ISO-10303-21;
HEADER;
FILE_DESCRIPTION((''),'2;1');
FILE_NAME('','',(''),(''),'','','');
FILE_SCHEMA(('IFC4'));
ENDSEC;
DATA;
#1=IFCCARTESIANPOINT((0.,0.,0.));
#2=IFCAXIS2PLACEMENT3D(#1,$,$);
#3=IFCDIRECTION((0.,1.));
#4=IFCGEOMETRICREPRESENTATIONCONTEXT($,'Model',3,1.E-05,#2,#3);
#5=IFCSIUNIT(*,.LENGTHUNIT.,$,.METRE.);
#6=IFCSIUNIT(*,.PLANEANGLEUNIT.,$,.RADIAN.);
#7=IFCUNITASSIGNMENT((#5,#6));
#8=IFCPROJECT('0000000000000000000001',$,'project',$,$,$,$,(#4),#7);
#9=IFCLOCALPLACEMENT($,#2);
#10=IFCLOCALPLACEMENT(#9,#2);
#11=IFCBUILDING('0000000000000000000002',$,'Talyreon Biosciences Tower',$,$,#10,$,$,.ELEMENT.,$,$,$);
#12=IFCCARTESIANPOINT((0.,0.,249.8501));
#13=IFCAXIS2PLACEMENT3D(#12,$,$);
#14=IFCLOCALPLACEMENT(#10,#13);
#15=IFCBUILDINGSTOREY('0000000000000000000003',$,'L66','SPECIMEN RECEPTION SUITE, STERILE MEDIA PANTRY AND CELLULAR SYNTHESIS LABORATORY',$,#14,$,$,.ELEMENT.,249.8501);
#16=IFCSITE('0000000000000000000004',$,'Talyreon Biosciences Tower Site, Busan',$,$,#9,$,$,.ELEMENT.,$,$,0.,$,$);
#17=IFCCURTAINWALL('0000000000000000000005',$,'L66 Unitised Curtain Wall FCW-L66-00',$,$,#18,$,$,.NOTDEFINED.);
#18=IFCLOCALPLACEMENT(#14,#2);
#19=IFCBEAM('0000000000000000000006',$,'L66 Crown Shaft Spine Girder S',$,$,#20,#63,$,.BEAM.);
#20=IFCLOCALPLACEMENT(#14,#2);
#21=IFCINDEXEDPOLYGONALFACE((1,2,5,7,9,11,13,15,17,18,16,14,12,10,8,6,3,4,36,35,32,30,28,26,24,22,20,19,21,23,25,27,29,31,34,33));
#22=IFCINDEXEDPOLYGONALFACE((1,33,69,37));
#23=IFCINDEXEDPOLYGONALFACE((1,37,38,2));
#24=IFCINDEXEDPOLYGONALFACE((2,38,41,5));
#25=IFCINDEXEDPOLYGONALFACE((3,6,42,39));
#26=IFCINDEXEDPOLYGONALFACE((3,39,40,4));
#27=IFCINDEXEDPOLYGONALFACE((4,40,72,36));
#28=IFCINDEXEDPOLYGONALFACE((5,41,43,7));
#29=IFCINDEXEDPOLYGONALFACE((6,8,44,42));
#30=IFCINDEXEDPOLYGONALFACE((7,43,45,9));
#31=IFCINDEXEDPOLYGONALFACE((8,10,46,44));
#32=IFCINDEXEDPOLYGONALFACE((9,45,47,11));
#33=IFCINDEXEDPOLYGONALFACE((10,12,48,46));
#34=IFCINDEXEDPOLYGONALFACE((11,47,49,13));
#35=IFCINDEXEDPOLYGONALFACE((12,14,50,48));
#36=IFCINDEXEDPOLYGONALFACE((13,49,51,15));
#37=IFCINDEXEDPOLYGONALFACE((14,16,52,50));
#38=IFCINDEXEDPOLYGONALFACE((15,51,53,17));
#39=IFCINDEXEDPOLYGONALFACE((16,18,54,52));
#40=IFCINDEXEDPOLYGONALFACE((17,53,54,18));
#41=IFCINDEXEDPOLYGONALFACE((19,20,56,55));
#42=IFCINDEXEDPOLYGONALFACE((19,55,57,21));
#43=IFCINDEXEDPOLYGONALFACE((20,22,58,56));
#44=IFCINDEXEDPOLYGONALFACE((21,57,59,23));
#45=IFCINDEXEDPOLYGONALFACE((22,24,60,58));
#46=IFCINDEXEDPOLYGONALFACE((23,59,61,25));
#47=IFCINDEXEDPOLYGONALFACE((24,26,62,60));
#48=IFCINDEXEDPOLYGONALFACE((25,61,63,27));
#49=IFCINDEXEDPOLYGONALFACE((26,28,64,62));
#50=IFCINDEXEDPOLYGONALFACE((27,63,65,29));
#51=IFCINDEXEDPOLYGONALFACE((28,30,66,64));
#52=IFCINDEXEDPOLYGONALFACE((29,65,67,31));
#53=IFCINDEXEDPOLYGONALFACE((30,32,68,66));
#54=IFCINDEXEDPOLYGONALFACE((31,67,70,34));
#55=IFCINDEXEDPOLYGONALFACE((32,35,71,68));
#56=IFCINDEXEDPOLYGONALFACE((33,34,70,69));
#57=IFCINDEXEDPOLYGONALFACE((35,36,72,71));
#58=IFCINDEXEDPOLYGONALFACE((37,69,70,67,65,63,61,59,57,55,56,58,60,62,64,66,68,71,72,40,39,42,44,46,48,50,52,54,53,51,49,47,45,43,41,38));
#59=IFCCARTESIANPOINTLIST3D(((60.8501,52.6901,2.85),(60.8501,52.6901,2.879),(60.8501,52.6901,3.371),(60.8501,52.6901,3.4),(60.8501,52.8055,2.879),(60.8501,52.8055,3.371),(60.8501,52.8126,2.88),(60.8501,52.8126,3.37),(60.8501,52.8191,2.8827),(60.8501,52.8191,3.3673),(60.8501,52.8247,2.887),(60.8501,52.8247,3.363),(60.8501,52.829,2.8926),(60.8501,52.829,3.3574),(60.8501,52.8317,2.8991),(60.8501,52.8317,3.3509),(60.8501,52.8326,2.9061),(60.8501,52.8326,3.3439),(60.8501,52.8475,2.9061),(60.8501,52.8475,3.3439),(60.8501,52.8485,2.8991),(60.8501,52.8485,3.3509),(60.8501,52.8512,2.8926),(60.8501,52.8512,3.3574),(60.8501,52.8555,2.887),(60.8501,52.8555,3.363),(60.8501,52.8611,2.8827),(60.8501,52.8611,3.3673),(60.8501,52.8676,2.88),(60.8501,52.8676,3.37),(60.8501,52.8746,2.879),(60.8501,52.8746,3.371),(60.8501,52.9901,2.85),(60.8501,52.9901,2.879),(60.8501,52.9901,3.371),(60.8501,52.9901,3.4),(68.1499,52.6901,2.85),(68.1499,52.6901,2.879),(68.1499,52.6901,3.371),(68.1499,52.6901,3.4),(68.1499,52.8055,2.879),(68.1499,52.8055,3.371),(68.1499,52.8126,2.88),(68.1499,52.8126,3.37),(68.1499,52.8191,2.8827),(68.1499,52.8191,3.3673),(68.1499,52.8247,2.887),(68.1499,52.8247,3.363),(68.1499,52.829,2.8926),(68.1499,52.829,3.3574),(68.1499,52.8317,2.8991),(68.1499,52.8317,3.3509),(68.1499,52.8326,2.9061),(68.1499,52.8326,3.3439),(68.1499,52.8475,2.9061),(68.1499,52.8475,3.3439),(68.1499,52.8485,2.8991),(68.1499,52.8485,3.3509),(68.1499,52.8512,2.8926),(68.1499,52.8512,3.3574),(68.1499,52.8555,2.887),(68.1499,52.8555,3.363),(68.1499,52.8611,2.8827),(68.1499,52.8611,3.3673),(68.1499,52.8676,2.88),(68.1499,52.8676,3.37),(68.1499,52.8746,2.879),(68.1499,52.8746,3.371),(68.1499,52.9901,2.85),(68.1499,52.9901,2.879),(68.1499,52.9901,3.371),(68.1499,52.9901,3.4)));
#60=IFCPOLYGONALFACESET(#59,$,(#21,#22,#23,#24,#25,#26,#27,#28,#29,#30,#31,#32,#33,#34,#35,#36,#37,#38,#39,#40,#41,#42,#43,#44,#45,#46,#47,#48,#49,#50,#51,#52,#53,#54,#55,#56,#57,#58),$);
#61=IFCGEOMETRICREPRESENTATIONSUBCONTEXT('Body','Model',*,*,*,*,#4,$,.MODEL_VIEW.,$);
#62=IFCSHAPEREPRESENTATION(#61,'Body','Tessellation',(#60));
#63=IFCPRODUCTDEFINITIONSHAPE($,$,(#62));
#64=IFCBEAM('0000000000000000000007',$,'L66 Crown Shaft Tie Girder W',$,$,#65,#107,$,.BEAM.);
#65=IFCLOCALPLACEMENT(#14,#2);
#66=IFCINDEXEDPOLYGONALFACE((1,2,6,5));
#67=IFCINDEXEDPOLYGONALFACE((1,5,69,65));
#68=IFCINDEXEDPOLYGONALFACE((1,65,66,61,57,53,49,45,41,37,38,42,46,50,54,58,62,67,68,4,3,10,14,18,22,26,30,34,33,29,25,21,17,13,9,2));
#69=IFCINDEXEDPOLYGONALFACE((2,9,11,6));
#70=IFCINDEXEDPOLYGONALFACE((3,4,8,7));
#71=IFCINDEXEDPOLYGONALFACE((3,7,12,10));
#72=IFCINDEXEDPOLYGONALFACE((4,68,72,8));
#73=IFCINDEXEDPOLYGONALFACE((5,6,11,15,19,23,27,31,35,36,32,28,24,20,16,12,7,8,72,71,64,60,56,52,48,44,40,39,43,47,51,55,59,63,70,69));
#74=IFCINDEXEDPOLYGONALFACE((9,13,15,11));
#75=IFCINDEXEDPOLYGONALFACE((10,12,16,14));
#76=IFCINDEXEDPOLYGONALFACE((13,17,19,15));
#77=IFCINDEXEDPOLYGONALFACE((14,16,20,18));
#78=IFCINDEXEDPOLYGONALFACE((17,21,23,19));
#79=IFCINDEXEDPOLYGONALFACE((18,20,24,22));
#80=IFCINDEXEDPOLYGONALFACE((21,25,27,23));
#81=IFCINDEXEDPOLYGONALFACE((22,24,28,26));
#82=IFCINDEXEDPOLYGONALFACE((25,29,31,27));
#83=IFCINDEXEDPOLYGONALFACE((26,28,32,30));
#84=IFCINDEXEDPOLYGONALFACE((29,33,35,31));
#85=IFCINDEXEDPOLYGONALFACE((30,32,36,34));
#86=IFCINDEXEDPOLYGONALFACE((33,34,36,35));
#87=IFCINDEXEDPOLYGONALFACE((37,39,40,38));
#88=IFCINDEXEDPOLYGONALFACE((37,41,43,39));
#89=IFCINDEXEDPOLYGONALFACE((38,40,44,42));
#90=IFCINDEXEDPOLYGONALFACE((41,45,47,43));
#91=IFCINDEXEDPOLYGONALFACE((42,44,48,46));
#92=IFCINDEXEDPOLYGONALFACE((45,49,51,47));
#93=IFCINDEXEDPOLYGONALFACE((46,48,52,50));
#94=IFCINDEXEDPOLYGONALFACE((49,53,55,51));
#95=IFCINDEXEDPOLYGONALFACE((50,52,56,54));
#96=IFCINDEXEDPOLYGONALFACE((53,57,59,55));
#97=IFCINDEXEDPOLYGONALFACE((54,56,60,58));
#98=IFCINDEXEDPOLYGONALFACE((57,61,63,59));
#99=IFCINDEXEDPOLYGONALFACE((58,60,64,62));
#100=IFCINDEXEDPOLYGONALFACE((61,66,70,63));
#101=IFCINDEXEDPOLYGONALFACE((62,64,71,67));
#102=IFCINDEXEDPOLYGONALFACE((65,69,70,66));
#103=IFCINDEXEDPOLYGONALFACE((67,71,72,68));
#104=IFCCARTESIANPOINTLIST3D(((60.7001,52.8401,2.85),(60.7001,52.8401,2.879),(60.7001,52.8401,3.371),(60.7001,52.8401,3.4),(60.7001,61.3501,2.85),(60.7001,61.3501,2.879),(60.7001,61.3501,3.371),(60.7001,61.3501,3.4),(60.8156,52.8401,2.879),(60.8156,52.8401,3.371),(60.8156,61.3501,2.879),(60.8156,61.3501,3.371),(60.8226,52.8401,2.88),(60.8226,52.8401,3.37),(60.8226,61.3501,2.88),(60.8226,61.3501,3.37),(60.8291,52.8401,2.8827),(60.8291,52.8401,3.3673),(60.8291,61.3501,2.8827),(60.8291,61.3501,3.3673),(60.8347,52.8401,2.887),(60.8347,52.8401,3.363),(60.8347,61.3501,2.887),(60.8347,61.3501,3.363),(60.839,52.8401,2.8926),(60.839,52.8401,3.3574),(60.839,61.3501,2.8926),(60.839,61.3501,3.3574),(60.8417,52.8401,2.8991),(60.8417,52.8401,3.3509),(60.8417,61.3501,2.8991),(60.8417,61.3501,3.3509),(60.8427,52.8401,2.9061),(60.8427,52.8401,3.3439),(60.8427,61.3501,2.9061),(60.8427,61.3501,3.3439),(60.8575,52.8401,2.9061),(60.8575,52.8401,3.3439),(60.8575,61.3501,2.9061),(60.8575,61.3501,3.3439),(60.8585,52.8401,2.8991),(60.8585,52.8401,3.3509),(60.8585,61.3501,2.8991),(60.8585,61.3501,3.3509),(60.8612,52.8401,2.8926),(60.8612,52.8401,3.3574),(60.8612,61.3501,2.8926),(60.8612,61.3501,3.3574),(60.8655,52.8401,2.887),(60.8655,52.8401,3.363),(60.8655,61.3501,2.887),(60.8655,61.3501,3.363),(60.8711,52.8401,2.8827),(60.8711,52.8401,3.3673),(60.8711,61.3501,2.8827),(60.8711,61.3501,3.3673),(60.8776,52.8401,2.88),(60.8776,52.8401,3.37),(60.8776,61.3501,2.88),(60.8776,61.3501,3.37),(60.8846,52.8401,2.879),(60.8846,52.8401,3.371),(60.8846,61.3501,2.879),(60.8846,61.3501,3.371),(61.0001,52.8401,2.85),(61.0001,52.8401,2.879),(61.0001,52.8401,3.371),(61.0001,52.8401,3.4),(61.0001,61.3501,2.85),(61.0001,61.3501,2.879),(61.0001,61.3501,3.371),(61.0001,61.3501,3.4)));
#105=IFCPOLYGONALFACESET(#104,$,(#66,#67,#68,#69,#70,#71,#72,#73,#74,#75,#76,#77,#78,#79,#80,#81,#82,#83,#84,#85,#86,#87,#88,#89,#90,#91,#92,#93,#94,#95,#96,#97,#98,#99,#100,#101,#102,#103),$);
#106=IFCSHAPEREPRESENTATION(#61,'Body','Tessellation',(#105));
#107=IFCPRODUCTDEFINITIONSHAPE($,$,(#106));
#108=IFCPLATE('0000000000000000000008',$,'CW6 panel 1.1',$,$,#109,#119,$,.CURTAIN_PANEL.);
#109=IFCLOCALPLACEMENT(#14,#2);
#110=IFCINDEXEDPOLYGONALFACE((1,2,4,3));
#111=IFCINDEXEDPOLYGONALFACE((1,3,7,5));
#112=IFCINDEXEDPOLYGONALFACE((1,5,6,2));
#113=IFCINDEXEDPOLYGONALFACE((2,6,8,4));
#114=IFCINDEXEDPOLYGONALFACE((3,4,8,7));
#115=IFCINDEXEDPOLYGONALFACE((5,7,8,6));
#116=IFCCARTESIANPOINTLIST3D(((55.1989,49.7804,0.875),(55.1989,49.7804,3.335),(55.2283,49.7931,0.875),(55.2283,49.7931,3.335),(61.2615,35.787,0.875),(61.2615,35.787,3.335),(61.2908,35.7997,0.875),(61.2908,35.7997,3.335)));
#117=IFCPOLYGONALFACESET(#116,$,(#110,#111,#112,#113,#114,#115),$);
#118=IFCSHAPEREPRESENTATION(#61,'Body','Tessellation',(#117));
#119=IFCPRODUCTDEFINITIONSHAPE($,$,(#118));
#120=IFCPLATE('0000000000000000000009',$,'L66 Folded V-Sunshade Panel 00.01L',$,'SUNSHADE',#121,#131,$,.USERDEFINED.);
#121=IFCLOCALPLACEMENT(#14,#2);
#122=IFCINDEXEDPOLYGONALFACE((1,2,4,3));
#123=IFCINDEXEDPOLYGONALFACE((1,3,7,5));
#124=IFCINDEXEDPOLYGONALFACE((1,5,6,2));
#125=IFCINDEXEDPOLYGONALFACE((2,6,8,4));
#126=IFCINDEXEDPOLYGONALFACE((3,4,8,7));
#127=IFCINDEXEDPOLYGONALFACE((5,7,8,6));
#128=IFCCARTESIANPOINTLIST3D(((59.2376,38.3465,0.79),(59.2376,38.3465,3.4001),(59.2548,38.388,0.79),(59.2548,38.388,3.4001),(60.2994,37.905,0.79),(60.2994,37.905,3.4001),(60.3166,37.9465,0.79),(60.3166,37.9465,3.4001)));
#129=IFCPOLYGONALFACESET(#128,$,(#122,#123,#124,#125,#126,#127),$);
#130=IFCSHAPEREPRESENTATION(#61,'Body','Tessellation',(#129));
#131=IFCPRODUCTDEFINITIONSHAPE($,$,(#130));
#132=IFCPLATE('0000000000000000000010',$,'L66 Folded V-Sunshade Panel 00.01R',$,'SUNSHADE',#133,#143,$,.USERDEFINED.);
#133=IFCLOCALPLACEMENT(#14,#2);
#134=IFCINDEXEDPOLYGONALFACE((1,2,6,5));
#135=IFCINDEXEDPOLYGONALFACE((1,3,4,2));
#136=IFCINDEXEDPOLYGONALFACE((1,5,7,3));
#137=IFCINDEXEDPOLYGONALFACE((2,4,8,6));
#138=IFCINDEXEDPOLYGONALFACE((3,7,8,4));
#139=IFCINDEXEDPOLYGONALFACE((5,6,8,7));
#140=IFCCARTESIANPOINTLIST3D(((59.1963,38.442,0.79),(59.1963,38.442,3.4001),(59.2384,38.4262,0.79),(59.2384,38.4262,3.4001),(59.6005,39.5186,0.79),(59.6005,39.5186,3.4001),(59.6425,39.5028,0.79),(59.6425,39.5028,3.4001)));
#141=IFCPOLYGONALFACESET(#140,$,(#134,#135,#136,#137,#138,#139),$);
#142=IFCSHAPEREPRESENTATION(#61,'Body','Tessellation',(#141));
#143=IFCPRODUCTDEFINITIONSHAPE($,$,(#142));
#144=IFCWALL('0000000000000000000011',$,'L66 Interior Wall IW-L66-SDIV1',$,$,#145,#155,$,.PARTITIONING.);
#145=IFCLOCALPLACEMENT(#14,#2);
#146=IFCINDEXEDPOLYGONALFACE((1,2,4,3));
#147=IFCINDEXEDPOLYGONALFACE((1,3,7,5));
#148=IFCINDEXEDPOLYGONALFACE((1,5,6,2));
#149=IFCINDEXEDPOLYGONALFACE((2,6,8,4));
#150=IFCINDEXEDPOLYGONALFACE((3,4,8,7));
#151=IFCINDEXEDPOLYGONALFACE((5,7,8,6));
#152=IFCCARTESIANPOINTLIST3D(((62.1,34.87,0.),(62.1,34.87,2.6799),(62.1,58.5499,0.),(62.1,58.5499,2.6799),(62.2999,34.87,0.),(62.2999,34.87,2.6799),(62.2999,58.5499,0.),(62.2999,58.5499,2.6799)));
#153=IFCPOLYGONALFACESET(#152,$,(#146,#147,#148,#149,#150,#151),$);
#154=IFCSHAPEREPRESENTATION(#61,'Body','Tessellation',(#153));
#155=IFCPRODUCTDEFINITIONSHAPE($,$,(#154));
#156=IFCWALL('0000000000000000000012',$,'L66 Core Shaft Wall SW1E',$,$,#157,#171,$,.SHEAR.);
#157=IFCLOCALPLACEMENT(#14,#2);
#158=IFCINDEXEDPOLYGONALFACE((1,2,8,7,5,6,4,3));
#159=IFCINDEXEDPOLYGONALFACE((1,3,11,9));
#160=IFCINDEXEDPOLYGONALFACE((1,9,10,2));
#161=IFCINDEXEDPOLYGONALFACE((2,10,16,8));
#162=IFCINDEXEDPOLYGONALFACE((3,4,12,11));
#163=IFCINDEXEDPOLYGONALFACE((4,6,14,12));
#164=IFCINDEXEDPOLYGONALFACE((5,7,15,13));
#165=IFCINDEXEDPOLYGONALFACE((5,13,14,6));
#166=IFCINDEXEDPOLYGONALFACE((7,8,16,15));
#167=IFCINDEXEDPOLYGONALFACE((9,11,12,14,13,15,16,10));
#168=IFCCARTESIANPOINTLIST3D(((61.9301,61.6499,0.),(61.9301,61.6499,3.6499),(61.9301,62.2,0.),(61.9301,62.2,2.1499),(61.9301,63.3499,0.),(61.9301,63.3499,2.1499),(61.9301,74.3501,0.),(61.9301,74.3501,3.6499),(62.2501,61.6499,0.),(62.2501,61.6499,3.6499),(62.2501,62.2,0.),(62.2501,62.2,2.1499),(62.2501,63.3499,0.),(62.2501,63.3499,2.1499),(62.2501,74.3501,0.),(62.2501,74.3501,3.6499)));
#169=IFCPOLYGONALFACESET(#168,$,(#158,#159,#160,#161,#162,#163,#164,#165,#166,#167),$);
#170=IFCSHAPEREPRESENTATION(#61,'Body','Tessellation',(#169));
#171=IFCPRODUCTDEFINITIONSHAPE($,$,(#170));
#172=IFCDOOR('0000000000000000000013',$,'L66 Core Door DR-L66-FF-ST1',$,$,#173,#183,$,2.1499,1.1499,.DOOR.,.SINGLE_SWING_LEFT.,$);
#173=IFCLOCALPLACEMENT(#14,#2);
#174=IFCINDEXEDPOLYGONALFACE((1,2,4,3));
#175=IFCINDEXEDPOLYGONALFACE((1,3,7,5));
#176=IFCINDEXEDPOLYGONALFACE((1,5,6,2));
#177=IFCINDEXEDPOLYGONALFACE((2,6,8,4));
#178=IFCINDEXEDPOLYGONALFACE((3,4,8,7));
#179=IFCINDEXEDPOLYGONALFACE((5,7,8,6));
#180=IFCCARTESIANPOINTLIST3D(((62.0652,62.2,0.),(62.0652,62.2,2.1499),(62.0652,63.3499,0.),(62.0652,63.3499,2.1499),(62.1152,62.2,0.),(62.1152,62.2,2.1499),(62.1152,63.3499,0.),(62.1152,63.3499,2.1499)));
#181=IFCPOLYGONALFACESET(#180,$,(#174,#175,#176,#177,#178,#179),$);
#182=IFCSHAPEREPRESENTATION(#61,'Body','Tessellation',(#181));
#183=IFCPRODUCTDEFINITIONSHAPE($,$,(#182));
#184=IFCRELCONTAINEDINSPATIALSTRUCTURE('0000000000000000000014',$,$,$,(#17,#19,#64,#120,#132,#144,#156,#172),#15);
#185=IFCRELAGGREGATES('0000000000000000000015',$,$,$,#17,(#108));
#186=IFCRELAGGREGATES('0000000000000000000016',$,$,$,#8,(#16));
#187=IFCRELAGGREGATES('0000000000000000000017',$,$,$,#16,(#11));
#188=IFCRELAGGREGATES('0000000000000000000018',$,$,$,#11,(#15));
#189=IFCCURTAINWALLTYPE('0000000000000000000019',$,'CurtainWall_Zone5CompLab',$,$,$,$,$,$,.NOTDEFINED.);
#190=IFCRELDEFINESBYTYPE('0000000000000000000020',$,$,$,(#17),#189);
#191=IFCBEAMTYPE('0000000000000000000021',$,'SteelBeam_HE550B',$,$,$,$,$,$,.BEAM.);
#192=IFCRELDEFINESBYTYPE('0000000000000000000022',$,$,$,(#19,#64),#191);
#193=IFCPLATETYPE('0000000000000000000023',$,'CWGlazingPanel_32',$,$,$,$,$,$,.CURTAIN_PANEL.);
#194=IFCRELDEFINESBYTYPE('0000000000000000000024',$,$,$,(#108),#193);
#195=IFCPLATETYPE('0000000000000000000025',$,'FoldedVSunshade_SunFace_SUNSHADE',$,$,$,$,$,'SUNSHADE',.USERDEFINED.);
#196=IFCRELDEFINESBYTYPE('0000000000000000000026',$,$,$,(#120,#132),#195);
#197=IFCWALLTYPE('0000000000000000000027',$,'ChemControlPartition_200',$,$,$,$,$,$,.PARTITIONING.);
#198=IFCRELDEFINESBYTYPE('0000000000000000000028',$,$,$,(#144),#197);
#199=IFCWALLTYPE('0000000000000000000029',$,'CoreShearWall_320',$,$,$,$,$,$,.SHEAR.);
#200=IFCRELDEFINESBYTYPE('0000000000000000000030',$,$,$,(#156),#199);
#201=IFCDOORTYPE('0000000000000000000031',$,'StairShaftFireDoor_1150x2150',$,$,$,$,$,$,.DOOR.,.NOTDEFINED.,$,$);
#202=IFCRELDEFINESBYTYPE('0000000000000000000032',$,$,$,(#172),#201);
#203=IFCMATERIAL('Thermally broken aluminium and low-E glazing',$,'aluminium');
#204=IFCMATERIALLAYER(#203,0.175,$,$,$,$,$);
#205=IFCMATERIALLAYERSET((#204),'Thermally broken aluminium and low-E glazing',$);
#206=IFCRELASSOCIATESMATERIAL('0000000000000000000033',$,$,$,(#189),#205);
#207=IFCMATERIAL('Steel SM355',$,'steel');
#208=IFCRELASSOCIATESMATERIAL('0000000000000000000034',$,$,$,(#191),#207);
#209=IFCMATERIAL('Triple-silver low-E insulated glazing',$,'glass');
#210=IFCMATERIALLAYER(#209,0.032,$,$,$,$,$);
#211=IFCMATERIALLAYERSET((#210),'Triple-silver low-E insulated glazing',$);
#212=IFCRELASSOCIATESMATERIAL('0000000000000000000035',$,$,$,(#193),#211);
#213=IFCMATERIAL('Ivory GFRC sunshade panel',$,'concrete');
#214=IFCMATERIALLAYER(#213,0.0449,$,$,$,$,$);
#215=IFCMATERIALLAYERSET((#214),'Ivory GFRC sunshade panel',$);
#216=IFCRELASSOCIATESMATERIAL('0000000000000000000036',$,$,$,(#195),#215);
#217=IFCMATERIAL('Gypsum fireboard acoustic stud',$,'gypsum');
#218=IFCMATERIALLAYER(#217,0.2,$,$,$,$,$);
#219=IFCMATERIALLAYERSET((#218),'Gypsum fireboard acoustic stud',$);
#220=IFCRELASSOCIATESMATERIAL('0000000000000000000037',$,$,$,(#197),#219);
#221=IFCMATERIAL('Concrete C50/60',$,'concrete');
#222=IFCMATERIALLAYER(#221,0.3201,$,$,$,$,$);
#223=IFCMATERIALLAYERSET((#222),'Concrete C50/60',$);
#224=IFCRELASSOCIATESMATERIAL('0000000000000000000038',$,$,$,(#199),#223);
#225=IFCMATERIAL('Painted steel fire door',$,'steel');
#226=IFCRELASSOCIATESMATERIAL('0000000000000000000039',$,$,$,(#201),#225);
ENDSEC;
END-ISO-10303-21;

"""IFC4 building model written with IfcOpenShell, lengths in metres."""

from ifc_helpers import new_model, si_unit, direction, frame, frame_2d, origin, origin_2d, place, context, subcontext, project, spatial, rectangle, i_section, extrude, material, layer, layer_set, material_profile, profile_set, type_object, element, fill, aggregate, save


model = new_model("IFC4")

# Units and contexts
model_context = context("Model", 3, precision=1e-05, world=origin(), true_north=direction((0.0, 1.0)))
body_context = subcontext(model_context, "Body", "Model", "MODEL_VIEW")
ifc_project = project(units=[si_unit("LENGTHUNIT", "METRE"), si_unit("PLANEANGLEUNIT", "RADIAN")], contexts=[model_context])

# Site, building, storey
site_placement = place(None, origin())
site = spatial("IfcSite", under=ifc_project, at=site_placement, Name="Talyreon Biosciences Tower Site, Busan", CompositionType="ELEMENT", RefElevation=0.0)
building_placement = place(site_placement, origin())
building = spatial("IfcBuilding", under=site, at=building_placement, Name="Talyreon Biosciences Tower", CompositionType="ELEMENT")
storey_placement = place(building_placement, frame((0.0, 0.0, 249.8501)))
storey = spatial("IfcBuildingStorey", under=building, at=storey_placement, Name="L66", Description="SPECIMEN RECEPTION SUITE, STERILE MEDIA PANTRY AND CELLULAR SYNTHESIS LABORATORY", CompositionType="ELEMENT", Elevation=249.8501)

# Shared definitions
ifc_material_1 = material(Name="Concrete C50/60", Category="concrete")

# Curtain wall
ifc_material_2 = material(Name="Thermally broken aluminium and low-E glazing", Category="aluminium")
ifc_layer_1 = layer(ifc_material_2, 0.175)
ifc_layer_set_1 = layer_set([ifc_layer_1], Name="Thermally broken aluminium and low-E glazing")
curtain_wall_type = type_object("IfcCurtainWallType", Name="CurtainWall_Zone5CompLab", PredefinedType="NOTDEFINED", material=ifc_layer_set_1)
curtain_wall_placement = place(storey_placement, origin())
curtain_wall = element("IfcCurtainWall", 1, at=curtain_wall_placement, inside=storey, type_object=curtain_wall_type, Name="L66 Unitised Curtain Wall FCW-L66-00", PredefinedType="NOTDEFINED")

# Beams
ifc_material_3 = material(Name="Steel SM355", Category="steel")
ifc_material_profile_1 = material_profile(ifc_material_3, i_section(OverallWidth=0.3, OverallDepth=0.55, WebThickness=0.0149, FlangeThickness=0.0291, FilletRadius=0.0271, at=origin_2d()), Name="HE550B")
ifc_profile_set_1 = profile_set([ifc_material_profile_1], Name="Steel SM355")
beam_type_1 = type_object("IfcBeamType", Name="SteelBeam_HE550B", PredefinedType="BEAM", material=ifc_profile_set_1)
beam_1_placement = place(storey_placement, frame((60.8501, 52.8401, 3.125), z_axis=(1.0, 0.0, 0.0), x_axis=(0.0, 1.0, 0.0)))
element("IfcBeam", 2, at=beam_1_placement, inside=storey, type_object=beam_type_1, Name="L66 Crown Shaft Spine Girder S", PredefinedType="BEAM", context=body_context, shape_type="SweptSolid", body=[
    extrude(i_section(OverallWidth=0.3, OverallDepth=0.55, WebThickness=0.0149, FlangeThickness=0.0291, FilletRadius=0.0271, at=origin_2d()), origin(), (0.0, 0.0, 1.0), 7.2998),
])
beam_2_placement = place(storey_placement, frame((60.8501, 52.8401, 3.125), z_axis=(0.0, 1.0, 0.0), x_axis=(-1.0, 0.0, 0.0)))
element("IfcBeam", 3, at=beam_2_placement, inside=storey, type_object=beam_type_1, Name="L66 Crown Shaft Tie Girder W", PredefinedType="BEAM", context=body_context, shape_type="SweptSolid", body=[
    extrude(i_section(OverallWidth=0.3, OverallDepth=0.55, WebThickness=0.0149, FlangeThickness=0.0291, FilletRadius=0.0271, at=origin_2d()), origin(), (0.0, 0.0, 1.0), 8.51),
])

# Plate
ifc_material_4 = material(Name="Triple-silver low-E insulated glazing", Category="glass")
ifc_layer_2 = layer(ifc_material_4, 0.032)
ifc_layer_set_2 = layer_set([ifc_layer_2], Name="Triple-silver low-E insulated glazing")
plate_type_1 = type_object("IfcPlateType", Name="CWGlazingPanel_32", PredefinedType="CURTAIN_PANEL", material=ifc_layer_set_2)
plate_placement = place(storey_placement, frame((58.2449, 42.79, 0.875), z_axis=(0.0, 0.0, 1.0), x_axis=(-0.397537, 0.917586, 0.0)))
plate = element("IfcPlate", 4, at=plate_placement, type_object=plate_type_1, Name="CW6 panel 1.1", PredefinedType="CURTAIN_PANEL", context=body_context, shape_type="SweptSolid", body=[
    extrude(rectangle(XDim=15.2502, YDim=0.032, at=origin_2d()), origin(), (0.0, 0.0, 1.0), 2.46),
])
aggregate(curtain_wall, [plate])

# Plates
ifc_material_5 = material(Name="Ivory GFRC sunshade panel", Category="concrete")
ifc_layer_3 = layer(ifc_material_5, 0.0449)
ifc_layer_set_3 = layer_set([ifc_layer_3], Name="Ivory GFRC sunshade panel")
plate_type_2 = type_object("IfcPlateType", Name="FoldedVSunshade_SunFace_SUNSHADE", ElementType="SUNSHADE", PredefinedType="USERDEFINED", material=ifc_layer_set_3)
for number, where, z_axis, x_axis, name in (
    (5, (59.7771, 38.1465, 0.79), (0.0, 0.0, 1.0), (-0.923371, 0.383909, 0.0), "L66 Folded V-Sunshade Panel 00.01L"),
    (6, (59.4194, 38.9724, 0.79), (0.0, 0.0, 1.0), (0.35145, 0.936207, 0.0), "L66 Folded V-Sunshade Panel 00.01R"),
):
    element("IfcPlate", number, at=place(storey_placement, frame(where, z_axis=z_axis, x_axis=x_axis)), inside=storey, type_object=plate_type_2, Name=name, ObjectType="SUNSHADE", PredefinedType="USERDEFINED", context=body_context, shape_type="SweptSolid", body=[
        extrude(rectangle(XDim=1.1499, YDim=0.0449, at=origin_2d()), origin(), (0.0, 0.0, 1.0), 2.6101),
    ])

# Wall
ifc_material_6 = material(Name="Gypsum fireboard acoustic stud", Category="gypsum")
ifc_layer_4 = layer(ifc_material_6, 0.2)
ifc_layer_set_4 = layer_set([ifc_layer_4], Name="Gypsum fireboard acoustic stud")
wall_type_1 = type_object("IfcWallType", Name="ChemControlPartition_200", PredefinedType="PARTITIONING", material=ifc_layer_set_4)
wall_1_placement = place(storey_placement, frame((62.2, 34.8701, 0.0), z_axis=(0.0, 0.0, 1.0), x_axis=(0.0, 1.0, 0.0)))
element("IfcWall", 7, at=wall_1_placement, inside=storey, type_object=wall_type_1, Name="L66 Interior Wall IW-L66-SDIV1", PredefinedType="PARTITIONING", context=body_context, shape_type="SweptSolid", body=[
    extrude(rectangle(XDim=23.6799, YDim=0.2, at=frame_2d((11.8398, 0.0))), origin(), (0.0, 0.0, 1.0), 2.6799),
])

# Wall, opening, door
ifc_layer_5 = layer(ifc_material_1, 0.3201)
ifc_layer_set_5 = layer_set([ifc_layer_5], Name="Concrete C50/60")
wall_type_2 = type_object("IfcWallType", Name="CoreShearWall_320", PredefinedType="SHEAR", material=ifc_layer_set_5)
wall_2_placement = place(storey_placement, frame((62.0901, 61.6499, 0.0), z_axis=(0.0, 0.0, 1.0), x_axis=(0.0, 1.0, 0.0)))
wall_2 = element("IfcWall", 8, at=wall_2_placement, inside=storey, type_object=wall_type_2, Name="L66 Core Shaft Wall SW1E", PredefinedType="SHEAR", context=body_context, shape_type="SweptSolid", body=[
    extrude(rectangle(XDim=12.7002, YDim=0.3201, at=frame_2d((6.3501, 0.0))), origin(), (0.0, 0.0, 1.0), 3.6499),
])
opening_1_placement = place(wall_2_placement, frame((0.55, 0.0, 0.0)))
opening_1 = element("IfcOpeningElement", 9, at=opening_1_placement, cuts=wall_2, PredefinedType="OPENING", context=body_context, shape_type="SweptSolid", body=[
    extrude(rectangle(XDim=1.1499, YDim=2.1499, at=frame_2d((0.575, 1.075))), frame((0.0, 0.1699, 0.0), z_axis=(0.0, -1.0, 0.0), x_axis=(1.0, 0.0, 0.0)), (0.0, 0.0, 1.0), 0.3401),
])
ifc_material_7 = material(Name="Painted steel fire door", Category="steel")
door_type_1 = type_object("IfcDoorType", Name="StairShaftFireDoor_1150x2150", OperationType="NOTDEFINED", PredefinedType="DOOR", material=ifc_material_7)
door_1_placement = place(opening_1_placement, origin())
door_1 = element("IfcDoor", 10, at=door_1_placement, inside=storey, type_object=door_type_1, Name="L66 Core Door DR-L66-FF-ST1", OperationType="SINGLE_SWING_LEFT", OverallHeight=2.1499, OverallWidth=1.1499, PredefinedType="DOOR", context=body_context, shape_type="SweptSolid", body=[
    extrude(rectangle(XDim=1.1499, YDim=2.1499, at=frame_2d((0.575, 1.075))), frame((0.0, 0.0249, 0.0), z_axis=(0.0, -1.0, 0.0), x_axis=(1.0, 0.0, 0.0)), (0.0, 0.0, 1.0), 0.05),
])
fill(opening_1, door_1)

save(model, "model.ifc")
